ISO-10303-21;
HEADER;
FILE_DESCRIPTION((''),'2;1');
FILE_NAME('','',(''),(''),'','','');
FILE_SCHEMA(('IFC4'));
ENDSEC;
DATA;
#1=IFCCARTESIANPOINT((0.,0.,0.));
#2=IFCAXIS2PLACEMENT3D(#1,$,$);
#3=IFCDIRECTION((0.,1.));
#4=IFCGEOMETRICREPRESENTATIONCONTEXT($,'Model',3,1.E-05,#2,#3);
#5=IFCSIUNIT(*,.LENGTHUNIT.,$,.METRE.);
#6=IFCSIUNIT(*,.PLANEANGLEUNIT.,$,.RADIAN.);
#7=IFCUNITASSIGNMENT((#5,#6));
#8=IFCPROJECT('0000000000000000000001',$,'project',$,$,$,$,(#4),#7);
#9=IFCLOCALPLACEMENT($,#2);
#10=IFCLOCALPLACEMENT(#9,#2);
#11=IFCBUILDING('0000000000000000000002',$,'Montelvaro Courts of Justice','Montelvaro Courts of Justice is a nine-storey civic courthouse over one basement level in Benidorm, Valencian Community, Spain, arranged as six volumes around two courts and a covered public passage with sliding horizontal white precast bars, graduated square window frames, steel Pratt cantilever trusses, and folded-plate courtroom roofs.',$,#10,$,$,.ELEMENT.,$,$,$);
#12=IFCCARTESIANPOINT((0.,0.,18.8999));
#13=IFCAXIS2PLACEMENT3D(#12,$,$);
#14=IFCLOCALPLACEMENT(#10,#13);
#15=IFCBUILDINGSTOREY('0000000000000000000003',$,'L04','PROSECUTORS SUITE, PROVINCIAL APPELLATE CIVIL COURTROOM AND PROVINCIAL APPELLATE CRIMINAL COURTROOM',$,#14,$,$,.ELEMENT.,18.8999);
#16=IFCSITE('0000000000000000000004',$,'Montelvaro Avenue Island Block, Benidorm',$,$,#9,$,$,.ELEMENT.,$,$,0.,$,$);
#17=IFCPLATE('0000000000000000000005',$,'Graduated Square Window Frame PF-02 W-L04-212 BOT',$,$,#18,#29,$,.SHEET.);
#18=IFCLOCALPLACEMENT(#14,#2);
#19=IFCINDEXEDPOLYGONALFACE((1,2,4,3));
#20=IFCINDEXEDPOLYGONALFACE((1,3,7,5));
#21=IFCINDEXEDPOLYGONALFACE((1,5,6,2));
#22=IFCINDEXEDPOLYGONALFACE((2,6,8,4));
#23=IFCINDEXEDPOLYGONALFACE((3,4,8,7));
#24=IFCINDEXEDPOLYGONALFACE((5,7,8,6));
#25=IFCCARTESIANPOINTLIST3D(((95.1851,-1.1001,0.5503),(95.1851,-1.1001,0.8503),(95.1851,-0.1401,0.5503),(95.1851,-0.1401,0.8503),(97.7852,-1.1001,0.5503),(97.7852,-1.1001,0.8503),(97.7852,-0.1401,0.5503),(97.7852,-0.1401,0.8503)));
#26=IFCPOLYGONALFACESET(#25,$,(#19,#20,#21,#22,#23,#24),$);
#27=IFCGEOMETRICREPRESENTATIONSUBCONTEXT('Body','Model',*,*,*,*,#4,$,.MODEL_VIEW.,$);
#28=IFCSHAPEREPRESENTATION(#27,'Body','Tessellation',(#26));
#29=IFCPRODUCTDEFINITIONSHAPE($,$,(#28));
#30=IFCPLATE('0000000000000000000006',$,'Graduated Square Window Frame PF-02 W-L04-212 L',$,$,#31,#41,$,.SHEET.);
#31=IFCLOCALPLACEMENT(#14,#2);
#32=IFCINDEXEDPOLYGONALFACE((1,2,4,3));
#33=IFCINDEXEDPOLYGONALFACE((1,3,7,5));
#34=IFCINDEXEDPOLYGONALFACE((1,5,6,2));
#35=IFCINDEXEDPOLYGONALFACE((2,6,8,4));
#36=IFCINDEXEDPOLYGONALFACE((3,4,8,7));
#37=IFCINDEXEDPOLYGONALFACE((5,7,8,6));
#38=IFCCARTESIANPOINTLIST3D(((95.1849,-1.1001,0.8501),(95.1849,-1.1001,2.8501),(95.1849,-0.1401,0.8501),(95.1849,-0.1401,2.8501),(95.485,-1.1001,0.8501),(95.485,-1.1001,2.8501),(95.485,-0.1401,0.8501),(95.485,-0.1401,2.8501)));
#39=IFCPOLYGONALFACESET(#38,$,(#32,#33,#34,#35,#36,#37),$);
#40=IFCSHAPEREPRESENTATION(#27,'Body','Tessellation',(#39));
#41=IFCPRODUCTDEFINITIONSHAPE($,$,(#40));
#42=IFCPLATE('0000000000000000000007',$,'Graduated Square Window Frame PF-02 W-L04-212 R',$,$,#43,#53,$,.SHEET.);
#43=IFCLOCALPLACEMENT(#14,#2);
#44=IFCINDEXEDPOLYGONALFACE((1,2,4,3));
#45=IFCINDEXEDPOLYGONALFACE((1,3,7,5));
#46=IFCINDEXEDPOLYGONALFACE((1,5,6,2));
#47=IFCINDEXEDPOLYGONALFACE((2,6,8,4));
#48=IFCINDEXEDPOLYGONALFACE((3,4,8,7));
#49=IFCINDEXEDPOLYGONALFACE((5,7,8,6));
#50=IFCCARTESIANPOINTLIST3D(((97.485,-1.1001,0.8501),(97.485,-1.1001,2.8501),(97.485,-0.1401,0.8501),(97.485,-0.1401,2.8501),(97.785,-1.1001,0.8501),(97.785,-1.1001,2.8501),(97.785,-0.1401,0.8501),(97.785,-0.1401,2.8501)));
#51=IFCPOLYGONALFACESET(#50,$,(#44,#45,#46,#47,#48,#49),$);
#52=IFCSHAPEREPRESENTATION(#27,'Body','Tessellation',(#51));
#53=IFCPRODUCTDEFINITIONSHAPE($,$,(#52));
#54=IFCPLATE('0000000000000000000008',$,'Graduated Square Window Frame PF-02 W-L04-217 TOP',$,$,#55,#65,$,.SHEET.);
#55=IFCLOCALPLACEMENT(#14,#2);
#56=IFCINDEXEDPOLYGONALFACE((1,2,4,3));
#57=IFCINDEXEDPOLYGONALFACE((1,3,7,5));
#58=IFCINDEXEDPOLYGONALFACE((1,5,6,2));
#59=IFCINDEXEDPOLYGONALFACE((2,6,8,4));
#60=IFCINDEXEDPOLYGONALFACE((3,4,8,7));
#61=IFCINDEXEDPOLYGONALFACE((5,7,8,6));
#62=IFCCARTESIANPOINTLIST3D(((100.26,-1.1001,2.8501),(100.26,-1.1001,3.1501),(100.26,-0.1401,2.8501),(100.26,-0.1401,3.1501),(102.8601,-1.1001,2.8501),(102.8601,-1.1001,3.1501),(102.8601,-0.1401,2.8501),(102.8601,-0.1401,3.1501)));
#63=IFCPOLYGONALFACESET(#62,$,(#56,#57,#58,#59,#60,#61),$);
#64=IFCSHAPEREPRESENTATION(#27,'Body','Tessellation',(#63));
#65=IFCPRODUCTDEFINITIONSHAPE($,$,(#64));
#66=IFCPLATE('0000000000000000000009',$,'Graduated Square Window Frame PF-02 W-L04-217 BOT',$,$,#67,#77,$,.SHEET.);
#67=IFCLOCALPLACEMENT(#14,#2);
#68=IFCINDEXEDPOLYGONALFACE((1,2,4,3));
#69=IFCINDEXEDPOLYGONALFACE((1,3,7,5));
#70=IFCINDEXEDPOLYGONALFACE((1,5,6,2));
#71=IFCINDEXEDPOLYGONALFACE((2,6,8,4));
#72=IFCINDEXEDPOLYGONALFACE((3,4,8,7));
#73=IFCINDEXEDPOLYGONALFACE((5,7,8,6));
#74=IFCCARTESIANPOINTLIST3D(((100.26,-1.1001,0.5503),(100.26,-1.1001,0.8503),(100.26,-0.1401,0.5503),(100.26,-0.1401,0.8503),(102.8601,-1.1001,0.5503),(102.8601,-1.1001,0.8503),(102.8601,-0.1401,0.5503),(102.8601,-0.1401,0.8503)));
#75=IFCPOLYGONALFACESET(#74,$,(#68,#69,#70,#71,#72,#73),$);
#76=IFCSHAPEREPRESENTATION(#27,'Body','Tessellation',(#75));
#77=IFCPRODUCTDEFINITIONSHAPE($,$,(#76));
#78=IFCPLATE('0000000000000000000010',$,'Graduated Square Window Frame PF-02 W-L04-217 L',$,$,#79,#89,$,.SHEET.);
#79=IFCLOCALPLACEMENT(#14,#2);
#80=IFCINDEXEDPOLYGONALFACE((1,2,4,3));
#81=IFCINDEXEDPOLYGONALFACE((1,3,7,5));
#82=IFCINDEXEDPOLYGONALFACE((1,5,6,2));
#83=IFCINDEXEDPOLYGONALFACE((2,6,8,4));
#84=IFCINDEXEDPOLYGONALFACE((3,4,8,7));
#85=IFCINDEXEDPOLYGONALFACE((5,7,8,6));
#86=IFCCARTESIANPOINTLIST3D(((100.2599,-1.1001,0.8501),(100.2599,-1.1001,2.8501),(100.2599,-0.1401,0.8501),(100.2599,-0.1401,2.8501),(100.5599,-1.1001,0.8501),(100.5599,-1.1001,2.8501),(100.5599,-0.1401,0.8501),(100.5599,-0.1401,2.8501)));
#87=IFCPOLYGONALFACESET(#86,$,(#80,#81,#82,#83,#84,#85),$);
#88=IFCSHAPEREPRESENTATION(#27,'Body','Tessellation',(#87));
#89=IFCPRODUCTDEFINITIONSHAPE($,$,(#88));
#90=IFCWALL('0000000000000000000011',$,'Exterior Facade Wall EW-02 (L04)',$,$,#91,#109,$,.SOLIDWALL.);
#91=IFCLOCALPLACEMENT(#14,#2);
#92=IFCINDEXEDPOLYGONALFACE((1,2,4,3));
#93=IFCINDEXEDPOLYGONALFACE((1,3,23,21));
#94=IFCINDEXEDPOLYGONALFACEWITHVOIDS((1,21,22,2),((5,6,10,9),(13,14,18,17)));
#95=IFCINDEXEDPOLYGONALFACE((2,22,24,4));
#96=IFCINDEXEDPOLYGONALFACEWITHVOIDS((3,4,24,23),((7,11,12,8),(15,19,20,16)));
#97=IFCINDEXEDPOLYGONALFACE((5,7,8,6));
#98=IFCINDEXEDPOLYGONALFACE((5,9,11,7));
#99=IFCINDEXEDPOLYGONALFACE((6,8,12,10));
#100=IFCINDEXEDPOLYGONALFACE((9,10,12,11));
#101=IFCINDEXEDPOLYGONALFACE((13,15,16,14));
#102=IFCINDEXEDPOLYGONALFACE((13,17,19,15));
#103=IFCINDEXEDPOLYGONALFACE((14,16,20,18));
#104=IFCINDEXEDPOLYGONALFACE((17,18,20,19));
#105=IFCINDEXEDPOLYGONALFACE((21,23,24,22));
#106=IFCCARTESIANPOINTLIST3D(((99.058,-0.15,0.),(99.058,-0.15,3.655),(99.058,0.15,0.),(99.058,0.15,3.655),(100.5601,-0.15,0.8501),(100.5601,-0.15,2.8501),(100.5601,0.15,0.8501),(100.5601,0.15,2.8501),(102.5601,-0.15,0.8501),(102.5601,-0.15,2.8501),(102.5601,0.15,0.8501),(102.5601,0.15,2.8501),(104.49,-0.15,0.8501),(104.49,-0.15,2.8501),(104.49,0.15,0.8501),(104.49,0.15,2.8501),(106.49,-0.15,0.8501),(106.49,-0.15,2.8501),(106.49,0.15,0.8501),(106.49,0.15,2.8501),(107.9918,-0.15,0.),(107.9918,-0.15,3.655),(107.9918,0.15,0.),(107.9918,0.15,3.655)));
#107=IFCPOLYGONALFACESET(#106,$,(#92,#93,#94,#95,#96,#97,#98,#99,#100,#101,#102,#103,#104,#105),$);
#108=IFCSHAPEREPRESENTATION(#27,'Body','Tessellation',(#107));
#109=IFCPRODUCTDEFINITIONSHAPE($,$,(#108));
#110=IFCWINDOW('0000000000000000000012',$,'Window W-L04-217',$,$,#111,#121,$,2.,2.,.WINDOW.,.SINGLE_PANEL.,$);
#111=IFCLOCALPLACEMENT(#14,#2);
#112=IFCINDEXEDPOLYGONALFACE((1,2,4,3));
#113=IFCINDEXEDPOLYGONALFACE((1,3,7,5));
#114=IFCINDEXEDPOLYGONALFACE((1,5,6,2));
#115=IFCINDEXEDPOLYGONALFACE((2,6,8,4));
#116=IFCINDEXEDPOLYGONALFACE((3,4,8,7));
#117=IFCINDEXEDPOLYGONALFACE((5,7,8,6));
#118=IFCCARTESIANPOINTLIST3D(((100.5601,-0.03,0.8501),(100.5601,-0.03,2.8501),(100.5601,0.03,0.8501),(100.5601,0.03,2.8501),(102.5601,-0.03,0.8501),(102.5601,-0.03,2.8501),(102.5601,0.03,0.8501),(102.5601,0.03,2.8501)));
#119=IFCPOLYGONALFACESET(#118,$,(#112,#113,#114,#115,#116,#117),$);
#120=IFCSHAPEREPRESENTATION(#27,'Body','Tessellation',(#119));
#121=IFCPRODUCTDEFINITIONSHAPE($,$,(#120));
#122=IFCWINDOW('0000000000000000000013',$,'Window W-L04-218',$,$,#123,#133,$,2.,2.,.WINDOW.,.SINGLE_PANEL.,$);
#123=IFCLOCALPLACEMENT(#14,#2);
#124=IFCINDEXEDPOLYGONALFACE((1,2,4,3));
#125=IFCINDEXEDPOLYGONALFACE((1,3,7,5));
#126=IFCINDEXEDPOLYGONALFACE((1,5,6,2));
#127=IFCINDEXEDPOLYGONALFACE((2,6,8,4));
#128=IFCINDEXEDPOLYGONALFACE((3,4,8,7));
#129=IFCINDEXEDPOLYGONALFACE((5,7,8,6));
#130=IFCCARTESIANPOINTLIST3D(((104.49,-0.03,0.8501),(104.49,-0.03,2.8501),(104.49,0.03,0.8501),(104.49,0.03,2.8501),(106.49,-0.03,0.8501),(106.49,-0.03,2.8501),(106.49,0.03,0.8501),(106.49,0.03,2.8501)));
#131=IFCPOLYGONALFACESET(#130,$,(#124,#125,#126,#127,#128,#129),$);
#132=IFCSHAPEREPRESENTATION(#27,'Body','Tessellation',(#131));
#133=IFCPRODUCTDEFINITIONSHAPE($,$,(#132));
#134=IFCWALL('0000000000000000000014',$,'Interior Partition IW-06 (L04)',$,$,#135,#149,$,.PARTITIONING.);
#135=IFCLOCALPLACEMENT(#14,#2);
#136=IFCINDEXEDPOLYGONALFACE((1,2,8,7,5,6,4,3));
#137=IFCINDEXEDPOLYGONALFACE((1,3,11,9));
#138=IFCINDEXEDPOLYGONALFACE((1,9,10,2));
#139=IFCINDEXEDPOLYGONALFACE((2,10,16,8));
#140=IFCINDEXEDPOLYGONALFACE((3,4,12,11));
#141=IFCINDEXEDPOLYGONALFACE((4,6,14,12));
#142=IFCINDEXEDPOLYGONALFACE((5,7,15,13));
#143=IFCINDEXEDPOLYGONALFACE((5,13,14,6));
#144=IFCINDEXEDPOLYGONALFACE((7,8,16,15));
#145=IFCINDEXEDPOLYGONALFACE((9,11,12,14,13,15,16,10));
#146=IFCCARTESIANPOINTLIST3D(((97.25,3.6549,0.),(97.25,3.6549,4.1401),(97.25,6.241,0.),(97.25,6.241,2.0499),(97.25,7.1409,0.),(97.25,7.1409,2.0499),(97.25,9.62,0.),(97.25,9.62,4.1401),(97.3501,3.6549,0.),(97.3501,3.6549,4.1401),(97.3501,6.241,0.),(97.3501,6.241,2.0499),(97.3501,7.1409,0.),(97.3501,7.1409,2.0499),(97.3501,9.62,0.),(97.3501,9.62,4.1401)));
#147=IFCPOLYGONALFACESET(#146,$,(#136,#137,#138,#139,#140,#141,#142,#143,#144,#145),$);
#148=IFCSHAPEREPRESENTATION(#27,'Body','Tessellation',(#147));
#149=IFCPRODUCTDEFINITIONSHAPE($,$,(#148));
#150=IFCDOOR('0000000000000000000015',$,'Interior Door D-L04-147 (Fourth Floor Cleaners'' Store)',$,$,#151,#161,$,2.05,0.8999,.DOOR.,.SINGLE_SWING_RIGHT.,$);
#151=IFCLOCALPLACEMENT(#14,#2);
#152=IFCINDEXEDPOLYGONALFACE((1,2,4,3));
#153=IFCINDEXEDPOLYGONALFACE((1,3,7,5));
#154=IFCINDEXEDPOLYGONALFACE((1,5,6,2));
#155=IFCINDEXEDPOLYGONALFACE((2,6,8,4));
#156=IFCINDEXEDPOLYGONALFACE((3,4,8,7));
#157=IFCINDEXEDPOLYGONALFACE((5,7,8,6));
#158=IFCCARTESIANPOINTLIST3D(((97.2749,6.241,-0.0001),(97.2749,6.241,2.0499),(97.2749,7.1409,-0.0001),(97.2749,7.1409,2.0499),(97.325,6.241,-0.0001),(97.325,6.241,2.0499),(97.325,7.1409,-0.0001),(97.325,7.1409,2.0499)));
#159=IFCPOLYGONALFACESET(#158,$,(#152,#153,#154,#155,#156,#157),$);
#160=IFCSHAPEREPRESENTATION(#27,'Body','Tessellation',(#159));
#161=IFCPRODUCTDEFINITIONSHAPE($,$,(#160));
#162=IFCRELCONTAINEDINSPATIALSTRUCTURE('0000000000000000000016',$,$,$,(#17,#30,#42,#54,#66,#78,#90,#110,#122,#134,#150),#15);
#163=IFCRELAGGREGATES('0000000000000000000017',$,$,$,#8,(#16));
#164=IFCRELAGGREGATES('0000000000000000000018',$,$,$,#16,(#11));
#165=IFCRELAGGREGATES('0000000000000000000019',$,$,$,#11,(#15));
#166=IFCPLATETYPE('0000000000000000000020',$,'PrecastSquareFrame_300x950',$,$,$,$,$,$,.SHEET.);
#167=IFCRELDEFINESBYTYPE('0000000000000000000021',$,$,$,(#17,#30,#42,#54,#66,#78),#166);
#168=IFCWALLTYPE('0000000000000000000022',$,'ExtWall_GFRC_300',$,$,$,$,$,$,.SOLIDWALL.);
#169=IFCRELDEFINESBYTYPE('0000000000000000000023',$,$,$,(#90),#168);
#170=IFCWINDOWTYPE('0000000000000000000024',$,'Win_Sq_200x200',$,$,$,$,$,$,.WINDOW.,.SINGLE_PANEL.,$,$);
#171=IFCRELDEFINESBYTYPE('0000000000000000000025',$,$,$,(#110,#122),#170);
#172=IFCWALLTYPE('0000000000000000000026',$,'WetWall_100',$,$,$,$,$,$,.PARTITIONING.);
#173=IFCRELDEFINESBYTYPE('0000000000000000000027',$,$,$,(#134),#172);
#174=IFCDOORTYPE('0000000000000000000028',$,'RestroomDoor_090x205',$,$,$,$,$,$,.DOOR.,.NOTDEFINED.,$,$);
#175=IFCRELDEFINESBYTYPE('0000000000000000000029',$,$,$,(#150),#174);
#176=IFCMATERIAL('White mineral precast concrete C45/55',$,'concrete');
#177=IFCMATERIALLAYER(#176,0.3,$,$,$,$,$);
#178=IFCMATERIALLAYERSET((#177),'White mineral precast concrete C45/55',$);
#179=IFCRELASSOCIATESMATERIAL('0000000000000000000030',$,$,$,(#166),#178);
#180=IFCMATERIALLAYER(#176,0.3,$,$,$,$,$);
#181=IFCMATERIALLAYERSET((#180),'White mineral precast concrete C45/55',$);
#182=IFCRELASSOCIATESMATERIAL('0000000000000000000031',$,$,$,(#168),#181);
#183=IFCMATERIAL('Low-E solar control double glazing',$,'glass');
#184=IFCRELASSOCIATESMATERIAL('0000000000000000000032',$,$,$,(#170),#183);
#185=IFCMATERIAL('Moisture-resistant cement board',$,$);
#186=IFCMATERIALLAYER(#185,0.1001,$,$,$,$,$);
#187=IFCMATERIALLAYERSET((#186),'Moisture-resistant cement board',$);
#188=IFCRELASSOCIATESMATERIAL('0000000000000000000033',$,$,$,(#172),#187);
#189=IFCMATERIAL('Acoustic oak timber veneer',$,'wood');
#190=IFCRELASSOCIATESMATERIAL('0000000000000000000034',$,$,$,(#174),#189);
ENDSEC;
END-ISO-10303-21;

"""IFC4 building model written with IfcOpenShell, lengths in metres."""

from ifc_helpers import new_model, si_unit, direction, frame, frame_2d, origin, origin_2d, place, context, subcontext, project, spatial, rectangle, extrude, material, layer, layer_set, type_object, element, fill, save


model = new_model("IFC4")

# Units and contexts
model_context = context("Model", 3, precision=1e-05, world=origin(), true_north=direction((0.0, 1.0)))
body_context = subcontext(model_context, "Body", "Model", "MODEL_VIEW")
ifc_project = project(units=[si_unit("LENGTHUNIT", "METRE"), si_unit("PLANEANGLEUNIT", "RADIAN")], contexts=[model_context])

# Site, building, storey
site_placement = place(None, origin())
site = spatial("IfcSite", under=ifc_project, at=site_placement, Name="Montelvaro Avenue Island Block, Benidorm", CompositionType="ELEMENT", RefElevation=0.0)
building_placement = place(site_placement, origin())
building = spatial("IfcBuilding", under=site, at=building_placement, Name="Montelvaro Courts of Justice", Description="Montelvaro Courts of Justice is a nine-storey civic courthouse over one basement level in Benidorm, Valencian Community, Spain, arranged as six volumes around two courts and a covered public passage with sliding horizontal white precast bars, graduated square window frames, steel Pratt cantilever trusses, and folded-plate courtroom roofs.", CompositionType="ELEMENT")
storey_placement = place(building_placement, frame((0.0, 0.0, 18.8999)))
storey = spatial("IfcBuildingStorey", under=building, at=storey_placement, Name="L04", Description="PROSECUTORS SUITE, PROVINCIAL APPELLATE CIVIL COURTROOM AND PROVINCIAL APPELLATE CRIMINAL COURTROOM", CompositionType="ELEMENT", Elevation=18.8999)

# Plates
ifc_material_1 = material(Name="White mineral precast concrete C45/55", Category="concrete")
ifc_layer_1 = layer(ifc_material_1, 0.3)
ifc_layer_set_1 = layer_set([ifc_layer_1], Name="White mineral precast concrete C45/55")
plate_type = type_object("IfcPlateType", Name="PrecastSquareFrame_300x950", PredefinedType="SHEET", material=ifc_layer_set_1)
for number, where, z_axis, x_axis, name in (
    (1, (96.4851, -0.6201, 0.5503), (0.0, 0.0, 1.0), (1.0, 0.0, 0.0), "Graduated Square Window Frame PF-02 W-L04-212 BOT"),
):
    element("IfcPlate", number, at=place(storey_placement, frame(where, z_axis=z_axis, x_axis=x_axis)), inside=storey, type_object=plate_type, Name=name, PredefinedType="SHEET", context=body_context, shape_type="SweptSolid", body=[
        extrude(rectangle(XDim=2.6001, YDim=0.96, at=origin_2d()), origin(), (0.0, 0.0, 1.0), 0.3),
    ])
for number, where, z_axis, x_axis, name in (
    (2, (95.335, -0.6201, 0.8501), (0.0, 0.0, 1.0), (1.0, 0.0, 0.0), "Graduated Square Window Frame PF-02 W-L04-212 L"),
    (3, (97.635, -0.6201, 0.8501), (0.0, 0.0, 1.0), (1.0, 0.0, 0.0), "Graduated Square Window Frame PF-02 W-L04-212 R"),
):
    element("IfcPlate", number, at=place(storey_placement, frame(where, z_axis=z_axis, x_axis=x_axis)), inside=storey, type_object=plate_type, Name=name, PredefinedType="SHEET", context=body_context, shape_type="SweptSolid", body=[
        extrude(rectangle(XDim=0.3, YDim=0.96, at=origin_2d()), origin(), (0.0, 0.0, 1.0), 2.0),
    ])
for number, where, z_axis, x_axis, name in (
    (4, (101.5601, -0.6201, 2.8501), (0.0, 0.0, 1.0), (1.0, 0.0, 0.0), "Graduated Square Window Frame PF-02 W-L04-217 TOP"),
    (5, (101.5601, -0.6201, 0.5503), (0.0, 0.0, 1.0), (1.0, 0.0, 0.0), "Graduated Square Window Frame PF-02 W-L04-217 BOT"),
):
    element("IfcPlate", number, at=place(storey_placement, frame(where, z_axis=z_axis, x_axis=x_axis)), inside=storey, type_object=plate_type, Name=name, PredefinedType="SHEET", context=body_context, shape_type="SweptSolid", body=[
        extrude(rectangle(XDim=2.6001, YDim=0.96, at=origin_2d()), origin(), (0.0, 0.0, 1.0), 0.3),
    ])
plate_1_placement = place(storey_placement, frame((100.4099, -0.6201, 0.8501), z_axis=(0.0, 0.0, 1.0), x_axis=(1.0, 0.0, 0.0)))
element("IfcPlate", 6, at=plate_1_placement, inside=storey, type_object=plate_type, Name="Graduated Square Window Frame PF-02 W-L04-217 L", PredefinedType="SHEET", context=body_context, shape_type="SweptSolid", body=[
    extrude(rectangle(XDim=0.3, YDim=0.96, at=origin_2d()), origin(), (0.0, 0.0, 1.0), 2.0),
])

# Wall, openings, windows
ifc_layer_2 = layer(ifc_material_1, 0.3)
ifc_layer_set_2 = layer_set([ifc_layer_2], Name="White mineral precast concrete C45/55")
wall_type_1 = type_object("IfcWallType", Name="ExtWall_GFRC_300", PredefinedType="SOLIDWALL", material=ifc_layer_set_2)
wall_1_placement = place(storey_placement, frame((99.0581, 0.0, 0.0), z_axis=(0.0, 0.0, 1.0), x_axis=(1.0, 0.0, 0.0)))
wall_1 = element("IfcWall", 7, at=wall_1_placement, inside=storey, type_object=wall_type_1, Name="Exterior Facade Wall EW-02 (L04)", PredefinedType="SOLIDWALL", context=body_context, shape_type="SweptSolid", body=[
    extrude(rectangle(XDim=8.9338, YDim=0.3, at=frame_2d((4.4668, 0.0))), origin(), (0.0, 0.0, 1.0), 3.655),
])
opening_1_placement = place(wall_1_placement, frame((1.502, 0.0, 0.8501)))
opening_1 = element("IfcOpeningElement", 8, at=opening_1_placement, cuts=wall_1, PredefinedType="OPENING", context=body_context, shape_type="SweptSolid", body=[
    extrude(rectangle(XDim=2.0, YDim=2.0, at=frame_2d((1.0, 1.0))), frame((0.0, 0.165, 0.0), z_axis=(0.0, -1.0, 0.0), x_axis=(1.0, 0.0, 0.0)), (0.0, 0.0, 1.0), 0.3298),
])
opening_2_placement = place(wall_1_placement, frame((5.4319, 0.0, 0.8501)))
opening_2 = element("IfcOpeningElement", 9, at=opening_2_placement, cuts=wall_1, PredefinedType="OPENING", context=body_context, shape_type="SweptSolid", body=[
    extrude(rectangle(XDim=2.0, YDim=2.0, at=frame_2d((1.0, 1.0))), frame((0.0, 0.165, 0.0), z_axis=(0.0, -1.0, 0.0), x_axis=(1.0, 0.0, 0.0)), (0.0, 0.0, 1.0), 0.3298),
])
ifc_material_2 = material(Name="Low-E solar control double glazing", Category="glass")
window_type = type_object("IfcWindowType", Name="Win_Sq_200x200", PartitioningType="SINGLE_PANEL", PredefinedType="WINDOW", material=ifc_material_2)
window_1_placement = place(opening_1_placement, origin())
window_1 = element("IfcWindow", 10, at=window_1_placement, inside=storey, type_object=window_type, Name="Window W-L04-217", OverallHeight=2.0, OverallWidth=2.0, PartitioningType="SINGLE_PANEL", PredefinedType="WINDOW", context=body_context, shape_type="SweptSolid", body=[
    extrude(rectangle(XDim=2.0, YDim=2.0, at=frame_2d((1.0, 1.0))), frame((0.0, 0.03, 0.0), z_axis=(0.0, -1.0, 0.0), x_axis=(1.0, 0.0, 0.0)), (0.0, 0.0, 1.0), 0.0601),
])
fill(opening_1, window_1)
window_2_placement = place(opening_2_placement, origin())
window_2 = element("IfcWindow", 11, at=window_2_placement, inside=storey, type_object=window_type, Name="Window W-L04-218", OverallHeight=2.0, OverallWidth=2.0, PartitioningType="SINGLE_PANEL", PredefinedType="WINDOW", context=body_context, shape_type="SweptSolid", body=[
    extrude(rectangle(XDim=2.0, YDim=2.0, at=frame_2d((1.0, 1.0))), frame((0.0, 0.03, 0.0), z_axis=(0.0, -1.0, 0.0), x_axis=(1.0, 0.0, 0.0)), (0.0, 0.0, 1.0), 0.0601),
])
fill(opening_2, window_2)

# Wall, opening, door
ifc_material_3 = material(Name="Moisture-resistant cement board")
ifc_layer_3 = layer(ifc_material_3, 0.1001)
ifc_layer_set_3 = layer_set([ifc_layer_3], Name="Moisture-resistant cement board")
wall_type_2 = type_object("IfcWallType", Name="WetWall_100", PredefinedType="PARTITIONING", material=ifc_layer_set_3)
wall_2_placement = place(storey_placement, frame((97.3, 3.655, 0.0), z_axis=(0.0, 0.0, 1.0), x_axis=(0.0, 1.0, 0.0)))
wall_2 = element("IfcWall", 12, at=wall_2_placement, inside=storey, type_object=wall_type_2, Name="Interior Partition IW-06 (L04)", PredefinedType="PARTITIONING", context=body_context, shape_type="SweptSolid", body=[
    extrude(rectangle(XDim=5.9651, YDim=0.1001, at=frame_2d((2.9824, 0.0))), origin(), (0.0, 0.0, 1.0), 4.1401),
])
opening_3_placement = place(wall_2_placement, frame((2.5859, 0.0, 0.0)))
opening_3 = element("IfcOpeningElement", 13, at=opening_3_placement, cuts=wall_2, PredefinedType="OPENING", context=body_context, shape_type="SweptSolid", body=[
    extrude(rectangle(XDim=0.8999, YDim=2.05, at=frame_2d((0.45, 1.0249))), frame((0.0, 0.0649, 0.0), z_axis=(0.0, -1.0, 0.0), x_axis=(1.0, 0.0, 0.0)), (0.0, 0.0, 1.0), 0.1299),
])
ifc_material_4 = material(Name="Acoustic oak timber veneer", Category="wood")
door_type = type_object("IfcDoorType", Name="RestroomDoor_090x205", OperationType="NOTDEFINED", PredefinedType="DOOR", material=ifc_material_4)
door_placement = place(opening_3_placement, frame((0.8999, 0.0, 0.0), z_axis=(0.0, 0.0, 1.0), x_axis=(-1.0, 0.0, 0.0)))
door = element("IfcDoor", 14, at=door_placement, inside=storey, type_object=door_type, Name="Interior Door D-L04-147 (Fourth Floor Cleaners' Store)", OperationType="SINGLE_SWING_RIGHT", OverallHeight=2.05, OverallWidth=0.8999, PredefinedType="DOOR", context=body_context, shape_type="SweptSolid", body=[
    extrude(rectangle(XDim=0.8999, YDim=2.05, at=frame_2d((0.45, 1.0249))), frame((0.0, 0.0249, 0.0), z_axis=(0.0, -1.0, 0.0), x_axis=(1.0, 0.0, 0.0)), (0.0, 0.0, 1.0), 0.05),
])
fill(opening_3, door)

save(model, "model.ifc")
